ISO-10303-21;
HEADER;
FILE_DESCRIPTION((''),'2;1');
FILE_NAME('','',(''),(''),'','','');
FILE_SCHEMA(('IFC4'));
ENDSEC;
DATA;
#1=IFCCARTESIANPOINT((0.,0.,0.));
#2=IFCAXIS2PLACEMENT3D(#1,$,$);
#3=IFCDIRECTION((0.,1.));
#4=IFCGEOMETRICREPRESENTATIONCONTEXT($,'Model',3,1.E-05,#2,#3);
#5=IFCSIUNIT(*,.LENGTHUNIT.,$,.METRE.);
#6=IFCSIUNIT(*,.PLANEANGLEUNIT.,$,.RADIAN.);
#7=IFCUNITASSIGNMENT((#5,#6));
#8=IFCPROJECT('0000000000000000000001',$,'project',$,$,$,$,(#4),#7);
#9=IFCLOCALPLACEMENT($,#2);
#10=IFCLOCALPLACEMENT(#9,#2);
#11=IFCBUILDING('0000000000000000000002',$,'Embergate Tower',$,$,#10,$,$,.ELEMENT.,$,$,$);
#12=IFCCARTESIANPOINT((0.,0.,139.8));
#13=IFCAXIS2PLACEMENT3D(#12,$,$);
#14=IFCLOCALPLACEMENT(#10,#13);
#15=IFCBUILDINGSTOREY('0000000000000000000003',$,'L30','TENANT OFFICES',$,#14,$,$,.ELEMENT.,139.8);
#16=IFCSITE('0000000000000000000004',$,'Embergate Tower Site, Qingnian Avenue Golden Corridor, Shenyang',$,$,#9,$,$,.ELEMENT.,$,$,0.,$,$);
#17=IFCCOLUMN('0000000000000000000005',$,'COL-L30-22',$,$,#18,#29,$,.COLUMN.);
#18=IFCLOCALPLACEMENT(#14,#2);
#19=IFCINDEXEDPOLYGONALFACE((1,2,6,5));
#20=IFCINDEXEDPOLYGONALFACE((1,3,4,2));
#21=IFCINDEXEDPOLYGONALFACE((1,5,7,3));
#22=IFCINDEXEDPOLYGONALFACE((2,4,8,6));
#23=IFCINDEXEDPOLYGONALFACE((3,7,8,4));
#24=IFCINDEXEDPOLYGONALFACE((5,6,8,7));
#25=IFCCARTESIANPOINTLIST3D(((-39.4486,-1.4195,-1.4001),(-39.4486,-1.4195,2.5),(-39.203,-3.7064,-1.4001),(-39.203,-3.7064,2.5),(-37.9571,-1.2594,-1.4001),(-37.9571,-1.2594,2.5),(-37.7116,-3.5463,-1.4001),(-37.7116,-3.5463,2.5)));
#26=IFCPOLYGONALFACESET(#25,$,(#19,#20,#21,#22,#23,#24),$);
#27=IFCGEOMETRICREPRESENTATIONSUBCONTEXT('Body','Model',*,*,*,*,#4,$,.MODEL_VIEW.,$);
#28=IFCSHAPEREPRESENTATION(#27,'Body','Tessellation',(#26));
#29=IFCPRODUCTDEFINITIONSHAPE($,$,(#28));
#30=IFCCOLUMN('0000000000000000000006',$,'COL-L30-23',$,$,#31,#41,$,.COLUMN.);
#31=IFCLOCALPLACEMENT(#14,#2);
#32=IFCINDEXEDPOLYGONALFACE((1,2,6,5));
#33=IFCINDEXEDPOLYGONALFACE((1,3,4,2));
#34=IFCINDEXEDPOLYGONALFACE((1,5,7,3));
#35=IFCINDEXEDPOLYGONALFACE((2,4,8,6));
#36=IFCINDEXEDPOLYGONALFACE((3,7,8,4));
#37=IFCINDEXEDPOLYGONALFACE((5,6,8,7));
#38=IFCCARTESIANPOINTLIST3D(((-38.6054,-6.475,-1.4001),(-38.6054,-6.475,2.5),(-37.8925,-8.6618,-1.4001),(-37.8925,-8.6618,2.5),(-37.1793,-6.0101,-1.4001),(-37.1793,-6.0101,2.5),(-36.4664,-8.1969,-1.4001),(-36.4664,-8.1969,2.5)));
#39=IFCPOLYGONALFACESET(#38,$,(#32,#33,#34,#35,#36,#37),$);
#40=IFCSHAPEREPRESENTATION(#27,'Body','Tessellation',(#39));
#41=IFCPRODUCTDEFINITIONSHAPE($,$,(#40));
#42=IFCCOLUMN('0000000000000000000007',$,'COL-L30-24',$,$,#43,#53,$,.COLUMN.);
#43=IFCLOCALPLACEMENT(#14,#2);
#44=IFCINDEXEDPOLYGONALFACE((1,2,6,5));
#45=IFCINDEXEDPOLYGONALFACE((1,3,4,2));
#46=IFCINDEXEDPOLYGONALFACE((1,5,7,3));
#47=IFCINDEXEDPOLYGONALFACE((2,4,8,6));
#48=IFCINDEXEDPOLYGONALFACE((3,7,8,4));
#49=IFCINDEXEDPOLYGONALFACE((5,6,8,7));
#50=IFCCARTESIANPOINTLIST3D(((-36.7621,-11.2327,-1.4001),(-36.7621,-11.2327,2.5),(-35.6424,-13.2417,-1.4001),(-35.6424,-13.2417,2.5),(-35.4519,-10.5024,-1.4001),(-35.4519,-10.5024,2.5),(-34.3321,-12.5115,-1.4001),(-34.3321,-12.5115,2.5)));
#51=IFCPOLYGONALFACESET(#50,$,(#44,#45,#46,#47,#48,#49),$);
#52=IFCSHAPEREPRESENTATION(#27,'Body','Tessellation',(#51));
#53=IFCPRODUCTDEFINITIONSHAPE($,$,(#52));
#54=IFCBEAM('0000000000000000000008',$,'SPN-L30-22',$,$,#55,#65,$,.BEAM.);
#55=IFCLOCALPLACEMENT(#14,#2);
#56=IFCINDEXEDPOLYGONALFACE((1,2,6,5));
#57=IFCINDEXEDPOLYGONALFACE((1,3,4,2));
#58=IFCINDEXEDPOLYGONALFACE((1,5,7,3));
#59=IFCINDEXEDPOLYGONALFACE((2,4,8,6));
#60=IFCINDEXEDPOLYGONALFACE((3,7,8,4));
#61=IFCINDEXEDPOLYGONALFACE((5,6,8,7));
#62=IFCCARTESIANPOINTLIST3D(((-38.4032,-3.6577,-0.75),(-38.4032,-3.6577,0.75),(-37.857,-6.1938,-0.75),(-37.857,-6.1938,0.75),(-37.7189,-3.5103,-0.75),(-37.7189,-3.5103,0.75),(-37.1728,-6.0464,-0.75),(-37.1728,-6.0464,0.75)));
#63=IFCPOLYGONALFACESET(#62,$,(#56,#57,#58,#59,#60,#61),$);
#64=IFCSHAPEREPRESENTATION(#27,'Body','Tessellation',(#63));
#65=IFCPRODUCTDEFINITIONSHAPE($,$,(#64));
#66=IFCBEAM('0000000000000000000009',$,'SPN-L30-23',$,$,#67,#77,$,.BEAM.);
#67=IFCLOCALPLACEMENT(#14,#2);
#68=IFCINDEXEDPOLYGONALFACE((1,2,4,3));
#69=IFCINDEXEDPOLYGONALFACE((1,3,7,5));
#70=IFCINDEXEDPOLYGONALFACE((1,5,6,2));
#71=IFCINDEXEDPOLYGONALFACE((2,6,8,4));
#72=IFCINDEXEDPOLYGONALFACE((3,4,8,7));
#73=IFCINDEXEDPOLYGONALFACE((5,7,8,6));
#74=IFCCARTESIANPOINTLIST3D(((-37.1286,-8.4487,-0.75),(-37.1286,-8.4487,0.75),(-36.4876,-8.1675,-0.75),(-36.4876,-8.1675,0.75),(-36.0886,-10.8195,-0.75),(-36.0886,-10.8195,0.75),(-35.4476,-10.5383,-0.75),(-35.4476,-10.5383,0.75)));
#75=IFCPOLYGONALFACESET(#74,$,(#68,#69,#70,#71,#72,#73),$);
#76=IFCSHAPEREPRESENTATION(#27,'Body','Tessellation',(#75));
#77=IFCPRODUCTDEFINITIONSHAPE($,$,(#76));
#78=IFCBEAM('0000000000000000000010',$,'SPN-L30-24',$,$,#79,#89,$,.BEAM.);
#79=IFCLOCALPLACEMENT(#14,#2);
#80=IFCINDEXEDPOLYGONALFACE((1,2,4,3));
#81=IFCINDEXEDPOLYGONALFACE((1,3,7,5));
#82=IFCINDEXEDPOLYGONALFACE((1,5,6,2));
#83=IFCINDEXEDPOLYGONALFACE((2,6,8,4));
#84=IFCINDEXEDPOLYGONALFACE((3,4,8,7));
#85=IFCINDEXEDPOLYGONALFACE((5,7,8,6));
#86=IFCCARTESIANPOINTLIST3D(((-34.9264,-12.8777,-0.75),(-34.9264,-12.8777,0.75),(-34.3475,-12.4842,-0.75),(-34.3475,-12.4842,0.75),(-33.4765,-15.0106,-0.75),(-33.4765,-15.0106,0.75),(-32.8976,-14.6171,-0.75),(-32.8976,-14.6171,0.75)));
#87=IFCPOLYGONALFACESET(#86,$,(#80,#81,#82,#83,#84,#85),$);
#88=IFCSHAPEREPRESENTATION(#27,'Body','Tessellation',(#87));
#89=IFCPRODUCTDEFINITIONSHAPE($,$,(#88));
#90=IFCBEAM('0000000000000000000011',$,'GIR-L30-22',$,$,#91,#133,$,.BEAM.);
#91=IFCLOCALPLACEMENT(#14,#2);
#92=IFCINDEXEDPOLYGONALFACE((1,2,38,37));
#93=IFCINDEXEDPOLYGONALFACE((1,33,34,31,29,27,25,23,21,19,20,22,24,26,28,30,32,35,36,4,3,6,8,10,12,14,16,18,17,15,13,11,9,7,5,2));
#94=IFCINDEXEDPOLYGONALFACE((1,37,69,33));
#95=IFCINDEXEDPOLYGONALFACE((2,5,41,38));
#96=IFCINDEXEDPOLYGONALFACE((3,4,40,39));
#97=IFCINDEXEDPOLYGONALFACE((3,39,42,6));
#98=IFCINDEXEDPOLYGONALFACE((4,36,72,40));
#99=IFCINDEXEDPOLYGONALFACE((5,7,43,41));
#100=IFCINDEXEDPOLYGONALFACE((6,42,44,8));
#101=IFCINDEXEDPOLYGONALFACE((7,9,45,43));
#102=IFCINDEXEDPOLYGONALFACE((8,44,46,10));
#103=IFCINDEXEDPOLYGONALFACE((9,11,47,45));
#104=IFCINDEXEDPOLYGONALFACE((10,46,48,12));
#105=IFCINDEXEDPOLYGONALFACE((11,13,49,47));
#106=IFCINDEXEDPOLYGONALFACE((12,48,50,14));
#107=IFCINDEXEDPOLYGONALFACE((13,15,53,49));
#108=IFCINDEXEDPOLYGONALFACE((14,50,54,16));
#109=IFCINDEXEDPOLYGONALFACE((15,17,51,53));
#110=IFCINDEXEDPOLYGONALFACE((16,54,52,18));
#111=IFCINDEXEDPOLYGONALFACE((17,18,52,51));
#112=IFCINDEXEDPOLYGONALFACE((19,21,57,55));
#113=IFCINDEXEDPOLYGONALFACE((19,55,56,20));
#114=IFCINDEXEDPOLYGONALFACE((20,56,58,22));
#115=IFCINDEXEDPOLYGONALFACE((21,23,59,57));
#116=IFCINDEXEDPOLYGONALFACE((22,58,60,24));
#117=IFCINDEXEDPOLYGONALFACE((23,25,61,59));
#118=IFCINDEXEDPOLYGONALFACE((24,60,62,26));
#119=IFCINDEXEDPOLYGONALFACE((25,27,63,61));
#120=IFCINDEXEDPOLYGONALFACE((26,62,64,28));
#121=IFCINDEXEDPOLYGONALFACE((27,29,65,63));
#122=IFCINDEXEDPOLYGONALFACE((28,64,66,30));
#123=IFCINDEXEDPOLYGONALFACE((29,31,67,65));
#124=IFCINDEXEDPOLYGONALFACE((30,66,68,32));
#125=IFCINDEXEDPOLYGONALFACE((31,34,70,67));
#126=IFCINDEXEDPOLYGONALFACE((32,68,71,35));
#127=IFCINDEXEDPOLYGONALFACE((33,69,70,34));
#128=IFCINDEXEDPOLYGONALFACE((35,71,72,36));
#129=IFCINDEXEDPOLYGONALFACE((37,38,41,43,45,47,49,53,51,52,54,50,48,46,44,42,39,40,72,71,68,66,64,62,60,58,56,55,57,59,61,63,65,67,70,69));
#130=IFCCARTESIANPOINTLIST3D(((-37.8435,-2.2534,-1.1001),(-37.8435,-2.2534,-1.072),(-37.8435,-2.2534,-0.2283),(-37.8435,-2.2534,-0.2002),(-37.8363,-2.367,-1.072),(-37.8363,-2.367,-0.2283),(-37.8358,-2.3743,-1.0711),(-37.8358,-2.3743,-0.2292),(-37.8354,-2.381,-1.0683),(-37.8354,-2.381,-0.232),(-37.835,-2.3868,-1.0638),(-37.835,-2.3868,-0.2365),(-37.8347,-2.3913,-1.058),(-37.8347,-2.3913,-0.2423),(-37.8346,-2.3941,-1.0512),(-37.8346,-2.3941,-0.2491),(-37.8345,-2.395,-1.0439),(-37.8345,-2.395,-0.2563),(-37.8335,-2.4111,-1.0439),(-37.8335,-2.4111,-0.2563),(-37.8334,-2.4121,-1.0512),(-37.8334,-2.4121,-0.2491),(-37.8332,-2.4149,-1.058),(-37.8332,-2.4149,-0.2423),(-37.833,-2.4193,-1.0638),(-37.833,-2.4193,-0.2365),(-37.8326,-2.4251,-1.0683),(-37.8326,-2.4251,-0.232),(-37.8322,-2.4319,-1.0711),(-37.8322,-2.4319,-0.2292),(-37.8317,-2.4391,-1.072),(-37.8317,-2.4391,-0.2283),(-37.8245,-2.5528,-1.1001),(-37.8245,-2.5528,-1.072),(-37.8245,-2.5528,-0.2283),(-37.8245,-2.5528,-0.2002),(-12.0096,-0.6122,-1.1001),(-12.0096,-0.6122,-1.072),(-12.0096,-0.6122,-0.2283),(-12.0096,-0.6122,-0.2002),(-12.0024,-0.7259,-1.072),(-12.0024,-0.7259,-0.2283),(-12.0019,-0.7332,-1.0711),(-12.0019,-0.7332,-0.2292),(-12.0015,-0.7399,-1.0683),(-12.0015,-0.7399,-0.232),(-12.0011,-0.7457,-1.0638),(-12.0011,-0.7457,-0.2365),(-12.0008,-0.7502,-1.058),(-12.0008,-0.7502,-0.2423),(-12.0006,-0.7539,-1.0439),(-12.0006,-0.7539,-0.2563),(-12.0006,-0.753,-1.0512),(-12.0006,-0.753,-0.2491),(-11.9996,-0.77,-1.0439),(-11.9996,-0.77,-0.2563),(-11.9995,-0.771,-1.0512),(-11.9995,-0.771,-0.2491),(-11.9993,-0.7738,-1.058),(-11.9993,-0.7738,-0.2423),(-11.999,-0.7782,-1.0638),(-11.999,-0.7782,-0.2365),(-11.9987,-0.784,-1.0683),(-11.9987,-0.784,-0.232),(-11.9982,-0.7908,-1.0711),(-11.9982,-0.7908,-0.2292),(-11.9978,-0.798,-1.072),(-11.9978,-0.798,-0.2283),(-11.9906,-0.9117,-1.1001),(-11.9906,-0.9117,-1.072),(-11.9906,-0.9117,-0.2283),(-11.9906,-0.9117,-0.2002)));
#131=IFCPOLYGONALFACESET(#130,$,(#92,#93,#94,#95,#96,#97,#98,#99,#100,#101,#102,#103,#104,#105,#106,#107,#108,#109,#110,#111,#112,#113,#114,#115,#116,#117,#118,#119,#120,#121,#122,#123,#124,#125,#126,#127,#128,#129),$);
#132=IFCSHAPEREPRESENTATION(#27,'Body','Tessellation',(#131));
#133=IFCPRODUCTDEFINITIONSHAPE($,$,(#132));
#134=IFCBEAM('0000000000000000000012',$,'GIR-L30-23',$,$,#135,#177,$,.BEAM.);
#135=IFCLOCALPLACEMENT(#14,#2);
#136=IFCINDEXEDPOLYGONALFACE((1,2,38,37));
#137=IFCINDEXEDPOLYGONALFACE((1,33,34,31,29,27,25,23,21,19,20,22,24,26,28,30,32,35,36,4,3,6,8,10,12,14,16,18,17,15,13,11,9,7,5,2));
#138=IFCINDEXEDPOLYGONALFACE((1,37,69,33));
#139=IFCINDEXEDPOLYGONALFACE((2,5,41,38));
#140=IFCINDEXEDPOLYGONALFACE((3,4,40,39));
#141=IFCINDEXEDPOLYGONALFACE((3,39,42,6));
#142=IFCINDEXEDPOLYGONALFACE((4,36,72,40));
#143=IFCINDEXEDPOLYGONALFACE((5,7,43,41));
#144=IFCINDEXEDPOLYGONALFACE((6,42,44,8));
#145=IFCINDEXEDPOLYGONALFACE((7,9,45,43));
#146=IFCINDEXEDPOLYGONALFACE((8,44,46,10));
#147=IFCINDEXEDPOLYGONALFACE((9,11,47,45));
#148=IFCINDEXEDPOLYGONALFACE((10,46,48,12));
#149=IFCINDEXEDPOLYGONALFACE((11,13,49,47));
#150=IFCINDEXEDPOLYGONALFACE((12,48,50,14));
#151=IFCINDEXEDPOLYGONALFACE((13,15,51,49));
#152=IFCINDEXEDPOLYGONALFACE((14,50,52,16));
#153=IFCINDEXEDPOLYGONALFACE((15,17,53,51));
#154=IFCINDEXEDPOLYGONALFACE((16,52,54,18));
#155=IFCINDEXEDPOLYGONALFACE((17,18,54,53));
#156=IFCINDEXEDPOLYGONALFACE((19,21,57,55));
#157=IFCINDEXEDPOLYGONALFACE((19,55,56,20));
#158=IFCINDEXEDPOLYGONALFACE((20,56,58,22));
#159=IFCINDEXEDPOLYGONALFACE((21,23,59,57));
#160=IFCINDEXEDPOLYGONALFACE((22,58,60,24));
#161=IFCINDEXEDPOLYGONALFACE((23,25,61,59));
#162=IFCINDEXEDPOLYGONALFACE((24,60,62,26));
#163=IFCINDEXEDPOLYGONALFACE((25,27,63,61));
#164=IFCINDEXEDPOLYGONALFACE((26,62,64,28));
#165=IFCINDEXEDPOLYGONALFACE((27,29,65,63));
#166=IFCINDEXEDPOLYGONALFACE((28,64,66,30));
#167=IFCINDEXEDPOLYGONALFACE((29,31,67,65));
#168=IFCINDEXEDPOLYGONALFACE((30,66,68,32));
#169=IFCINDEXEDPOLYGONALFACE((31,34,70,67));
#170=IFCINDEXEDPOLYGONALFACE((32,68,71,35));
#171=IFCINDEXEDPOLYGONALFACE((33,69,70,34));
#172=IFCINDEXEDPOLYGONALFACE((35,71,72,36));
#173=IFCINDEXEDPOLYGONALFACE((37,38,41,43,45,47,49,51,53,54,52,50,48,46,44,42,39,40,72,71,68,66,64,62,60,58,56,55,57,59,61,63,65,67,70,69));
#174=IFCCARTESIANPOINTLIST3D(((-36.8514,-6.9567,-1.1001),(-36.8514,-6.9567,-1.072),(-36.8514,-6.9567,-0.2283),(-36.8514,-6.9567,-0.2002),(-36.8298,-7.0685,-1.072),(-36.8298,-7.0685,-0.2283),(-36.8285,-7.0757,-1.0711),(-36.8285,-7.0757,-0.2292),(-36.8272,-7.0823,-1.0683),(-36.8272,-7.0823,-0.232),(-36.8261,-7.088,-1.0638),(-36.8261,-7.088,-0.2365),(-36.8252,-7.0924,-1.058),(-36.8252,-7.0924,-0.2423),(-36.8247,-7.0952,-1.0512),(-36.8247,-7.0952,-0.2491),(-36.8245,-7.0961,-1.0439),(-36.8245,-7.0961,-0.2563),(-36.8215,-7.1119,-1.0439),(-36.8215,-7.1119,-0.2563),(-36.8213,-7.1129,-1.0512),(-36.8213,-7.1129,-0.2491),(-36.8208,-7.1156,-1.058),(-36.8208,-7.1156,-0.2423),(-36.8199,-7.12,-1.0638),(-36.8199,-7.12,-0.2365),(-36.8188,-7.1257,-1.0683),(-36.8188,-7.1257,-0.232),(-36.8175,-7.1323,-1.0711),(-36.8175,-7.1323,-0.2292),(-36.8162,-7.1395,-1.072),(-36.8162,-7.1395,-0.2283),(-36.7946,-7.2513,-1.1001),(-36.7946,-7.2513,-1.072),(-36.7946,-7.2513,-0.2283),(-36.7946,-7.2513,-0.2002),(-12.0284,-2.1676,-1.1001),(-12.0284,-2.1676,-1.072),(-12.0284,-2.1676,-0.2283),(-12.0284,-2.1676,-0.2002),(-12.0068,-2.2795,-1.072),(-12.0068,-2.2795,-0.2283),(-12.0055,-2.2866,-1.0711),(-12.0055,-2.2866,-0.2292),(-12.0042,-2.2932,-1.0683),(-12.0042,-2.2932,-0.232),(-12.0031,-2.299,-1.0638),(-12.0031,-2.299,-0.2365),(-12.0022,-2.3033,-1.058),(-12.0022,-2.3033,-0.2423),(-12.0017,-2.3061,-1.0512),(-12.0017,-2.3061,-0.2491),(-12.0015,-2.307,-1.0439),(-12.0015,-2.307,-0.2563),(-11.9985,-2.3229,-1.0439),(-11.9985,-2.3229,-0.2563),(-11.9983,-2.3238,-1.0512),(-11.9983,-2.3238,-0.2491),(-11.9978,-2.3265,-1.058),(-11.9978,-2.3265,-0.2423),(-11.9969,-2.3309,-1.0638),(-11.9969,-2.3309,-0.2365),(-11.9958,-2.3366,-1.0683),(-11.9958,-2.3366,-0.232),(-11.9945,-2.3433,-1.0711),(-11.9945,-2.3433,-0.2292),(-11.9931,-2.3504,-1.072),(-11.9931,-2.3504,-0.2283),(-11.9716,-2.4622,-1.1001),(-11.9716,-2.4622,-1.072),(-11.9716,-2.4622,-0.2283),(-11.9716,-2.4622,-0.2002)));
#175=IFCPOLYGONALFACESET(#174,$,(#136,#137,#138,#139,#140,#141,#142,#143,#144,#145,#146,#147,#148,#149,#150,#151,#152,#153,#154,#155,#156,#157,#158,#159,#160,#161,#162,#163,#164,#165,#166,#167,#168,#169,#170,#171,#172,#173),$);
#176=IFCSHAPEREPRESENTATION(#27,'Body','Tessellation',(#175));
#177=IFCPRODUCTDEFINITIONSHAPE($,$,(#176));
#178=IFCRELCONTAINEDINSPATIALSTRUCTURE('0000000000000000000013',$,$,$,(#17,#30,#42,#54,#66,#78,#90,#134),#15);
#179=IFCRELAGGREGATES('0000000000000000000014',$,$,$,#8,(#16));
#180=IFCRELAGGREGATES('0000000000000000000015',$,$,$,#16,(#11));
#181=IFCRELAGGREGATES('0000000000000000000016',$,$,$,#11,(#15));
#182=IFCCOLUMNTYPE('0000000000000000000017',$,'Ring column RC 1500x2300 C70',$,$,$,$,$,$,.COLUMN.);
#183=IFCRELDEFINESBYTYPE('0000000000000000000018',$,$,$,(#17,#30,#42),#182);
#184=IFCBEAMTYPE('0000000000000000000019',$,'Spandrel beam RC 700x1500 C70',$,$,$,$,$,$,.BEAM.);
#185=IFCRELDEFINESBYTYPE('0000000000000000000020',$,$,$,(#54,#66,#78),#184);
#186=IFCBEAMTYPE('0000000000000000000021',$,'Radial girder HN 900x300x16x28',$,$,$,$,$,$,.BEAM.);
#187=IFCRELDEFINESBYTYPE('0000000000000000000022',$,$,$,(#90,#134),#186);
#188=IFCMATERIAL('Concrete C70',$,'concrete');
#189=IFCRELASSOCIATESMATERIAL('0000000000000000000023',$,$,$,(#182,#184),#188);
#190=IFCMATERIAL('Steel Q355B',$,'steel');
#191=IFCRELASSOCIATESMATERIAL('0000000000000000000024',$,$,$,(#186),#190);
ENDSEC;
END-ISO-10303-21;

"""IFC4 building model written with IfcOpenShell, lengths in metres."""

from ifc_helpers import new_model, si_unit, direction, frame, origin, origin_2d, place, context, subcontext, project, spatial, rectangle, i_section, extrude, source, transform, mapped, material, material_profile, profile_set, type_object, element, save


model = new_model("IFC4")

# Units and contexts
model_context = context("Model", 3, precision=1e-05, world=origin(), true_north=direction((0.0, 1.0)))
body_context = subcontext(model_context, "Body", "Model", "MODEL_VIEW")
ifc_project = project(units=[si_unit("LENGTHUNIT", "METRE"), si_unit("PLANEANGLEUNIT", "RADIAN")], contexts=[model_context])

# Site, building, storey
site_placement = place(None, origin())
site = spatial("IfcSite", under=ifc_project, at=site_placement, Name="Embergate Tower Site, Qingnian Avenue Golden Corridor, Shenyang", CompositionType="ELEMENT", RefElevation=0.0)
building_placement = place(site_placement, origin())
building = spatial("IfcBuilding", under=site, at=building_placement, Name="Embergate Tower", CompositionType="ELEMENT")
storey_placement = place(building_placement, frame((0.0, 0.0, 139.8)))
storey = spatial("IfcBuildingStorey", under=building, at=storey_placement, Name="L30", Description="TENANT OFFICES", CompositionType="ELEMENT", Elevation=139.8)

# Columns
ifc_material_1 = material(Name="Concrete C70", Category="concrete")
ifc_material_profile_1 = material_profile(ifc_material_1, rectangle(XDim=1.5, YDim=2.3, at=origin_2d()), Name="RC 1500x2300")
ifc_profile_set_1 = profile_set([ifc_material_profile_1], Name="Concrete C70")
column_type = type_object("IfcColumnType", Name="Ring column RC 1500x2300 C70", PredefinedType="COLUMN", material=ifc_profile_set_1)
shared_shape_1 = source(origin(), body_context, "Body", "SweptSolid", [
    extrude(rectangle(XDim=1.5, YDim=2.3, at=origin_2d()), origin(), (0.0, 0.0, 1.0), 3.9001),
])
for number, where, z_axis, x_axis, name in (
    (1, (-38.5801, -2.4829, -1.4001), (0.0, 0.0, 1.0), (-0.994286, -0.10675, 0.0), "COL-L30-22"),
    (2, (-37.5359, -7.3359, -1.4001), (0.0, 0.0, 1.0), (-0.950754, -0.309946, 0.0), "COL-L30-23"),
    (3, (-35.5471, -11.8721, -1.4001), (0.0, 0.0, 1.0), (-0.873492, -0.486839, 0.0), "COL-L30-24"),
):
    element("IfcColumn", number, at=place(storey_placement, frame(where, z_axis=z_axis, x_axis=x_axis)), inside=storey, type_object=column_type, Name=name, PredefinedType="COLUMN", context=body_context, shape_type="MappedRepresentation", body=[
        mapped(shared_shape_1, transform((0.0, 0.0, 0.0))),
    ])

# Beams
ifc_material_profile_2 = material_profile(ifc_material_1, rectangle(XDim=0.7, YDim=1.5, at=origin_2d()), Name="RC 700x1500")
ifc_profile_set_2 = profile_set([ifc_material_profile_2], Name="Concrete C70")
beam_type_1 = type_object("IfcBeamType", Name="Spandrel beam RC 700x1500 C70", PredefinedType="BEAM", material=ifc_profile_set_2)
shared_shape_2 = source(origin(), body_context, "Body", "SweptSolid", [
    extrude(rectangle(XDim=0.7, YDim=1.5, at=origin_2d()), origin(), (0.0, 0.0, 1.0), 2.5942),
])
beam_1_placement = place(storey_placement, frame((-38.061, -3.584, 0.0), z_axis=(0.210519, -0.97759, 0.0), x_axis=(0.97759, 0.210519, 0.0)))
element("IfcBeam", 4, at=beam_1_placement, inside=storey, type_object=beam_type_1, Name="SPN-L30-22", PredefinedType="BEAM", context=body_context, shape_type="MappedRepresentation", body=[
    mapped(shared_shape_2, transform((0.0, 0.0, 0.0))),
])
shared_shape_3 = source(origin(), body_context, "Body", "SweptSolid", [
    extrude(rectangle(XDim=0.7, YDim=1.5, at=origin_2d()), origin(), (0.0, 0.0, 1.0), 2.5889),
])
beam_2_placement = place(storey_placement, frame((-36.8081, -8.3081, 0.0), z_axis=(0.401724, -0.915761, 0.0), x_axis=(0.915761, 0.401724, 0.0)))
element("IfcBeam", 5, at=beam_2_placement, inside=storey, type_object=beam_type_1, Name="SPN-L30-23", PredefinedType="BEAM", context=body_context, shape_type="MappedRepresentation", body=[
    mapped(shared_shape_3, transform((0.0, 0.0, 0.0))),
])
shared_shape_4 = source(origin(), body_context, "Body", "SweptSolid", [
    extrude(rectangle(XDim=0.7, YDim=1.5, at=origin_2d()), origin(), (0.0, 0.0, 1.0), 2.5791),
])
beam_3_placement = place(storey_placement, frame((-34.637, -12.6809, 0.0), z_axis=(0.56217, -0.827022, 0.0), x_axis=(0.827022, 0.56217, 0.0)))
element("IfcBeam", 6, at=beam_3_placement, inside=storey, type_object=beam_type_1, Name="SPN-L30-24", PredefinedType="BEAM", context=body_context, shape_type="MappedRepresentation", body=[
    mapped(shared_shape_4, transform((0.0, 0.0, 0.0))),
])
ifc_material_2 = material(Name="Steel Q355B", Category="steel")
ifc_material_profile_3 = material_profile(ifc_material_2, i_section(OverallWidth=0.3, OverallDepth=0.8999, WebThickness=0.0161, FlangeThickness=0.0281, FilletRadius=0.0281, at=origin_2d()), Name="HN 900x300x16x28")
ifc_profile_set_3 = profile_set([ifc_material_profile_3], Name="Steel Q355 grade B")
beam_type_2 = type_object("IfcBeamType", Name="Radial girder HN 900x300x16x28", PredefinedType="BEAM", material=ifc_profile_set_3)
shared_shape_5 = source(origin(), body_context, "Body", "SweptSolid", [
    extrude(i_section(OverallWidth=0.3, OverallDepth=0.8999, WebThickness=0.0161, FlangeThickness=0.0281, FilletRadius=0.0281, at=origin_2d()), origin(), (0.0, 0.0, 1.0), 25.886),
])
beam_4_placement = place(storey_placement, frame((-37.834, -2.4031, -0.6501), z_axis=(0.997988, 0.063398, 0.0), x_axis=(-0.063398, 0.997988, 0.0)))
element("IfcBeam", 7, at=beam_4_placement, inside=storey, type_object=beam_type_2, Name="GIR-L30-22", PredefinedType="BEAM", context=body_context, shape_type="MappedRepresentation", body=[
    mapped(shared_shape_5, transform((0.0, 0.0, 0.0))),
])
shared_shape_6 = source(origin(), body_context, "Body", "SweptSolid", [
    extrude(i_section(OverallWidth=0.3, OverallDepth=0.8999, WebThickness=0.0161, FlangeThickness=0.0281, FilletRadius=0.0281, at=origin_2d()), origin(), (0.0, 0.0, 1.0), 25.2808),
])
beam_5_placement = place(storey_placement, frame((-36.823, -7.104, -0.6501), z_axis=(0.981893, 0.189435, 0.0), x_axis=(-0.189435, 0.981893, 0.0)))
element("IfcBeam", 8, at=beam_5_placement, inside=storey, type_object=beam_type_2, Name="GIR-L30-23", PredefinedType="BEAM", context=body_context, shape_type="MappedRepresentation", body=[
    mapped(shared_shape_6, transform((0.0, 0.0, 0.0))),
])

save(model, "model.ifc")
